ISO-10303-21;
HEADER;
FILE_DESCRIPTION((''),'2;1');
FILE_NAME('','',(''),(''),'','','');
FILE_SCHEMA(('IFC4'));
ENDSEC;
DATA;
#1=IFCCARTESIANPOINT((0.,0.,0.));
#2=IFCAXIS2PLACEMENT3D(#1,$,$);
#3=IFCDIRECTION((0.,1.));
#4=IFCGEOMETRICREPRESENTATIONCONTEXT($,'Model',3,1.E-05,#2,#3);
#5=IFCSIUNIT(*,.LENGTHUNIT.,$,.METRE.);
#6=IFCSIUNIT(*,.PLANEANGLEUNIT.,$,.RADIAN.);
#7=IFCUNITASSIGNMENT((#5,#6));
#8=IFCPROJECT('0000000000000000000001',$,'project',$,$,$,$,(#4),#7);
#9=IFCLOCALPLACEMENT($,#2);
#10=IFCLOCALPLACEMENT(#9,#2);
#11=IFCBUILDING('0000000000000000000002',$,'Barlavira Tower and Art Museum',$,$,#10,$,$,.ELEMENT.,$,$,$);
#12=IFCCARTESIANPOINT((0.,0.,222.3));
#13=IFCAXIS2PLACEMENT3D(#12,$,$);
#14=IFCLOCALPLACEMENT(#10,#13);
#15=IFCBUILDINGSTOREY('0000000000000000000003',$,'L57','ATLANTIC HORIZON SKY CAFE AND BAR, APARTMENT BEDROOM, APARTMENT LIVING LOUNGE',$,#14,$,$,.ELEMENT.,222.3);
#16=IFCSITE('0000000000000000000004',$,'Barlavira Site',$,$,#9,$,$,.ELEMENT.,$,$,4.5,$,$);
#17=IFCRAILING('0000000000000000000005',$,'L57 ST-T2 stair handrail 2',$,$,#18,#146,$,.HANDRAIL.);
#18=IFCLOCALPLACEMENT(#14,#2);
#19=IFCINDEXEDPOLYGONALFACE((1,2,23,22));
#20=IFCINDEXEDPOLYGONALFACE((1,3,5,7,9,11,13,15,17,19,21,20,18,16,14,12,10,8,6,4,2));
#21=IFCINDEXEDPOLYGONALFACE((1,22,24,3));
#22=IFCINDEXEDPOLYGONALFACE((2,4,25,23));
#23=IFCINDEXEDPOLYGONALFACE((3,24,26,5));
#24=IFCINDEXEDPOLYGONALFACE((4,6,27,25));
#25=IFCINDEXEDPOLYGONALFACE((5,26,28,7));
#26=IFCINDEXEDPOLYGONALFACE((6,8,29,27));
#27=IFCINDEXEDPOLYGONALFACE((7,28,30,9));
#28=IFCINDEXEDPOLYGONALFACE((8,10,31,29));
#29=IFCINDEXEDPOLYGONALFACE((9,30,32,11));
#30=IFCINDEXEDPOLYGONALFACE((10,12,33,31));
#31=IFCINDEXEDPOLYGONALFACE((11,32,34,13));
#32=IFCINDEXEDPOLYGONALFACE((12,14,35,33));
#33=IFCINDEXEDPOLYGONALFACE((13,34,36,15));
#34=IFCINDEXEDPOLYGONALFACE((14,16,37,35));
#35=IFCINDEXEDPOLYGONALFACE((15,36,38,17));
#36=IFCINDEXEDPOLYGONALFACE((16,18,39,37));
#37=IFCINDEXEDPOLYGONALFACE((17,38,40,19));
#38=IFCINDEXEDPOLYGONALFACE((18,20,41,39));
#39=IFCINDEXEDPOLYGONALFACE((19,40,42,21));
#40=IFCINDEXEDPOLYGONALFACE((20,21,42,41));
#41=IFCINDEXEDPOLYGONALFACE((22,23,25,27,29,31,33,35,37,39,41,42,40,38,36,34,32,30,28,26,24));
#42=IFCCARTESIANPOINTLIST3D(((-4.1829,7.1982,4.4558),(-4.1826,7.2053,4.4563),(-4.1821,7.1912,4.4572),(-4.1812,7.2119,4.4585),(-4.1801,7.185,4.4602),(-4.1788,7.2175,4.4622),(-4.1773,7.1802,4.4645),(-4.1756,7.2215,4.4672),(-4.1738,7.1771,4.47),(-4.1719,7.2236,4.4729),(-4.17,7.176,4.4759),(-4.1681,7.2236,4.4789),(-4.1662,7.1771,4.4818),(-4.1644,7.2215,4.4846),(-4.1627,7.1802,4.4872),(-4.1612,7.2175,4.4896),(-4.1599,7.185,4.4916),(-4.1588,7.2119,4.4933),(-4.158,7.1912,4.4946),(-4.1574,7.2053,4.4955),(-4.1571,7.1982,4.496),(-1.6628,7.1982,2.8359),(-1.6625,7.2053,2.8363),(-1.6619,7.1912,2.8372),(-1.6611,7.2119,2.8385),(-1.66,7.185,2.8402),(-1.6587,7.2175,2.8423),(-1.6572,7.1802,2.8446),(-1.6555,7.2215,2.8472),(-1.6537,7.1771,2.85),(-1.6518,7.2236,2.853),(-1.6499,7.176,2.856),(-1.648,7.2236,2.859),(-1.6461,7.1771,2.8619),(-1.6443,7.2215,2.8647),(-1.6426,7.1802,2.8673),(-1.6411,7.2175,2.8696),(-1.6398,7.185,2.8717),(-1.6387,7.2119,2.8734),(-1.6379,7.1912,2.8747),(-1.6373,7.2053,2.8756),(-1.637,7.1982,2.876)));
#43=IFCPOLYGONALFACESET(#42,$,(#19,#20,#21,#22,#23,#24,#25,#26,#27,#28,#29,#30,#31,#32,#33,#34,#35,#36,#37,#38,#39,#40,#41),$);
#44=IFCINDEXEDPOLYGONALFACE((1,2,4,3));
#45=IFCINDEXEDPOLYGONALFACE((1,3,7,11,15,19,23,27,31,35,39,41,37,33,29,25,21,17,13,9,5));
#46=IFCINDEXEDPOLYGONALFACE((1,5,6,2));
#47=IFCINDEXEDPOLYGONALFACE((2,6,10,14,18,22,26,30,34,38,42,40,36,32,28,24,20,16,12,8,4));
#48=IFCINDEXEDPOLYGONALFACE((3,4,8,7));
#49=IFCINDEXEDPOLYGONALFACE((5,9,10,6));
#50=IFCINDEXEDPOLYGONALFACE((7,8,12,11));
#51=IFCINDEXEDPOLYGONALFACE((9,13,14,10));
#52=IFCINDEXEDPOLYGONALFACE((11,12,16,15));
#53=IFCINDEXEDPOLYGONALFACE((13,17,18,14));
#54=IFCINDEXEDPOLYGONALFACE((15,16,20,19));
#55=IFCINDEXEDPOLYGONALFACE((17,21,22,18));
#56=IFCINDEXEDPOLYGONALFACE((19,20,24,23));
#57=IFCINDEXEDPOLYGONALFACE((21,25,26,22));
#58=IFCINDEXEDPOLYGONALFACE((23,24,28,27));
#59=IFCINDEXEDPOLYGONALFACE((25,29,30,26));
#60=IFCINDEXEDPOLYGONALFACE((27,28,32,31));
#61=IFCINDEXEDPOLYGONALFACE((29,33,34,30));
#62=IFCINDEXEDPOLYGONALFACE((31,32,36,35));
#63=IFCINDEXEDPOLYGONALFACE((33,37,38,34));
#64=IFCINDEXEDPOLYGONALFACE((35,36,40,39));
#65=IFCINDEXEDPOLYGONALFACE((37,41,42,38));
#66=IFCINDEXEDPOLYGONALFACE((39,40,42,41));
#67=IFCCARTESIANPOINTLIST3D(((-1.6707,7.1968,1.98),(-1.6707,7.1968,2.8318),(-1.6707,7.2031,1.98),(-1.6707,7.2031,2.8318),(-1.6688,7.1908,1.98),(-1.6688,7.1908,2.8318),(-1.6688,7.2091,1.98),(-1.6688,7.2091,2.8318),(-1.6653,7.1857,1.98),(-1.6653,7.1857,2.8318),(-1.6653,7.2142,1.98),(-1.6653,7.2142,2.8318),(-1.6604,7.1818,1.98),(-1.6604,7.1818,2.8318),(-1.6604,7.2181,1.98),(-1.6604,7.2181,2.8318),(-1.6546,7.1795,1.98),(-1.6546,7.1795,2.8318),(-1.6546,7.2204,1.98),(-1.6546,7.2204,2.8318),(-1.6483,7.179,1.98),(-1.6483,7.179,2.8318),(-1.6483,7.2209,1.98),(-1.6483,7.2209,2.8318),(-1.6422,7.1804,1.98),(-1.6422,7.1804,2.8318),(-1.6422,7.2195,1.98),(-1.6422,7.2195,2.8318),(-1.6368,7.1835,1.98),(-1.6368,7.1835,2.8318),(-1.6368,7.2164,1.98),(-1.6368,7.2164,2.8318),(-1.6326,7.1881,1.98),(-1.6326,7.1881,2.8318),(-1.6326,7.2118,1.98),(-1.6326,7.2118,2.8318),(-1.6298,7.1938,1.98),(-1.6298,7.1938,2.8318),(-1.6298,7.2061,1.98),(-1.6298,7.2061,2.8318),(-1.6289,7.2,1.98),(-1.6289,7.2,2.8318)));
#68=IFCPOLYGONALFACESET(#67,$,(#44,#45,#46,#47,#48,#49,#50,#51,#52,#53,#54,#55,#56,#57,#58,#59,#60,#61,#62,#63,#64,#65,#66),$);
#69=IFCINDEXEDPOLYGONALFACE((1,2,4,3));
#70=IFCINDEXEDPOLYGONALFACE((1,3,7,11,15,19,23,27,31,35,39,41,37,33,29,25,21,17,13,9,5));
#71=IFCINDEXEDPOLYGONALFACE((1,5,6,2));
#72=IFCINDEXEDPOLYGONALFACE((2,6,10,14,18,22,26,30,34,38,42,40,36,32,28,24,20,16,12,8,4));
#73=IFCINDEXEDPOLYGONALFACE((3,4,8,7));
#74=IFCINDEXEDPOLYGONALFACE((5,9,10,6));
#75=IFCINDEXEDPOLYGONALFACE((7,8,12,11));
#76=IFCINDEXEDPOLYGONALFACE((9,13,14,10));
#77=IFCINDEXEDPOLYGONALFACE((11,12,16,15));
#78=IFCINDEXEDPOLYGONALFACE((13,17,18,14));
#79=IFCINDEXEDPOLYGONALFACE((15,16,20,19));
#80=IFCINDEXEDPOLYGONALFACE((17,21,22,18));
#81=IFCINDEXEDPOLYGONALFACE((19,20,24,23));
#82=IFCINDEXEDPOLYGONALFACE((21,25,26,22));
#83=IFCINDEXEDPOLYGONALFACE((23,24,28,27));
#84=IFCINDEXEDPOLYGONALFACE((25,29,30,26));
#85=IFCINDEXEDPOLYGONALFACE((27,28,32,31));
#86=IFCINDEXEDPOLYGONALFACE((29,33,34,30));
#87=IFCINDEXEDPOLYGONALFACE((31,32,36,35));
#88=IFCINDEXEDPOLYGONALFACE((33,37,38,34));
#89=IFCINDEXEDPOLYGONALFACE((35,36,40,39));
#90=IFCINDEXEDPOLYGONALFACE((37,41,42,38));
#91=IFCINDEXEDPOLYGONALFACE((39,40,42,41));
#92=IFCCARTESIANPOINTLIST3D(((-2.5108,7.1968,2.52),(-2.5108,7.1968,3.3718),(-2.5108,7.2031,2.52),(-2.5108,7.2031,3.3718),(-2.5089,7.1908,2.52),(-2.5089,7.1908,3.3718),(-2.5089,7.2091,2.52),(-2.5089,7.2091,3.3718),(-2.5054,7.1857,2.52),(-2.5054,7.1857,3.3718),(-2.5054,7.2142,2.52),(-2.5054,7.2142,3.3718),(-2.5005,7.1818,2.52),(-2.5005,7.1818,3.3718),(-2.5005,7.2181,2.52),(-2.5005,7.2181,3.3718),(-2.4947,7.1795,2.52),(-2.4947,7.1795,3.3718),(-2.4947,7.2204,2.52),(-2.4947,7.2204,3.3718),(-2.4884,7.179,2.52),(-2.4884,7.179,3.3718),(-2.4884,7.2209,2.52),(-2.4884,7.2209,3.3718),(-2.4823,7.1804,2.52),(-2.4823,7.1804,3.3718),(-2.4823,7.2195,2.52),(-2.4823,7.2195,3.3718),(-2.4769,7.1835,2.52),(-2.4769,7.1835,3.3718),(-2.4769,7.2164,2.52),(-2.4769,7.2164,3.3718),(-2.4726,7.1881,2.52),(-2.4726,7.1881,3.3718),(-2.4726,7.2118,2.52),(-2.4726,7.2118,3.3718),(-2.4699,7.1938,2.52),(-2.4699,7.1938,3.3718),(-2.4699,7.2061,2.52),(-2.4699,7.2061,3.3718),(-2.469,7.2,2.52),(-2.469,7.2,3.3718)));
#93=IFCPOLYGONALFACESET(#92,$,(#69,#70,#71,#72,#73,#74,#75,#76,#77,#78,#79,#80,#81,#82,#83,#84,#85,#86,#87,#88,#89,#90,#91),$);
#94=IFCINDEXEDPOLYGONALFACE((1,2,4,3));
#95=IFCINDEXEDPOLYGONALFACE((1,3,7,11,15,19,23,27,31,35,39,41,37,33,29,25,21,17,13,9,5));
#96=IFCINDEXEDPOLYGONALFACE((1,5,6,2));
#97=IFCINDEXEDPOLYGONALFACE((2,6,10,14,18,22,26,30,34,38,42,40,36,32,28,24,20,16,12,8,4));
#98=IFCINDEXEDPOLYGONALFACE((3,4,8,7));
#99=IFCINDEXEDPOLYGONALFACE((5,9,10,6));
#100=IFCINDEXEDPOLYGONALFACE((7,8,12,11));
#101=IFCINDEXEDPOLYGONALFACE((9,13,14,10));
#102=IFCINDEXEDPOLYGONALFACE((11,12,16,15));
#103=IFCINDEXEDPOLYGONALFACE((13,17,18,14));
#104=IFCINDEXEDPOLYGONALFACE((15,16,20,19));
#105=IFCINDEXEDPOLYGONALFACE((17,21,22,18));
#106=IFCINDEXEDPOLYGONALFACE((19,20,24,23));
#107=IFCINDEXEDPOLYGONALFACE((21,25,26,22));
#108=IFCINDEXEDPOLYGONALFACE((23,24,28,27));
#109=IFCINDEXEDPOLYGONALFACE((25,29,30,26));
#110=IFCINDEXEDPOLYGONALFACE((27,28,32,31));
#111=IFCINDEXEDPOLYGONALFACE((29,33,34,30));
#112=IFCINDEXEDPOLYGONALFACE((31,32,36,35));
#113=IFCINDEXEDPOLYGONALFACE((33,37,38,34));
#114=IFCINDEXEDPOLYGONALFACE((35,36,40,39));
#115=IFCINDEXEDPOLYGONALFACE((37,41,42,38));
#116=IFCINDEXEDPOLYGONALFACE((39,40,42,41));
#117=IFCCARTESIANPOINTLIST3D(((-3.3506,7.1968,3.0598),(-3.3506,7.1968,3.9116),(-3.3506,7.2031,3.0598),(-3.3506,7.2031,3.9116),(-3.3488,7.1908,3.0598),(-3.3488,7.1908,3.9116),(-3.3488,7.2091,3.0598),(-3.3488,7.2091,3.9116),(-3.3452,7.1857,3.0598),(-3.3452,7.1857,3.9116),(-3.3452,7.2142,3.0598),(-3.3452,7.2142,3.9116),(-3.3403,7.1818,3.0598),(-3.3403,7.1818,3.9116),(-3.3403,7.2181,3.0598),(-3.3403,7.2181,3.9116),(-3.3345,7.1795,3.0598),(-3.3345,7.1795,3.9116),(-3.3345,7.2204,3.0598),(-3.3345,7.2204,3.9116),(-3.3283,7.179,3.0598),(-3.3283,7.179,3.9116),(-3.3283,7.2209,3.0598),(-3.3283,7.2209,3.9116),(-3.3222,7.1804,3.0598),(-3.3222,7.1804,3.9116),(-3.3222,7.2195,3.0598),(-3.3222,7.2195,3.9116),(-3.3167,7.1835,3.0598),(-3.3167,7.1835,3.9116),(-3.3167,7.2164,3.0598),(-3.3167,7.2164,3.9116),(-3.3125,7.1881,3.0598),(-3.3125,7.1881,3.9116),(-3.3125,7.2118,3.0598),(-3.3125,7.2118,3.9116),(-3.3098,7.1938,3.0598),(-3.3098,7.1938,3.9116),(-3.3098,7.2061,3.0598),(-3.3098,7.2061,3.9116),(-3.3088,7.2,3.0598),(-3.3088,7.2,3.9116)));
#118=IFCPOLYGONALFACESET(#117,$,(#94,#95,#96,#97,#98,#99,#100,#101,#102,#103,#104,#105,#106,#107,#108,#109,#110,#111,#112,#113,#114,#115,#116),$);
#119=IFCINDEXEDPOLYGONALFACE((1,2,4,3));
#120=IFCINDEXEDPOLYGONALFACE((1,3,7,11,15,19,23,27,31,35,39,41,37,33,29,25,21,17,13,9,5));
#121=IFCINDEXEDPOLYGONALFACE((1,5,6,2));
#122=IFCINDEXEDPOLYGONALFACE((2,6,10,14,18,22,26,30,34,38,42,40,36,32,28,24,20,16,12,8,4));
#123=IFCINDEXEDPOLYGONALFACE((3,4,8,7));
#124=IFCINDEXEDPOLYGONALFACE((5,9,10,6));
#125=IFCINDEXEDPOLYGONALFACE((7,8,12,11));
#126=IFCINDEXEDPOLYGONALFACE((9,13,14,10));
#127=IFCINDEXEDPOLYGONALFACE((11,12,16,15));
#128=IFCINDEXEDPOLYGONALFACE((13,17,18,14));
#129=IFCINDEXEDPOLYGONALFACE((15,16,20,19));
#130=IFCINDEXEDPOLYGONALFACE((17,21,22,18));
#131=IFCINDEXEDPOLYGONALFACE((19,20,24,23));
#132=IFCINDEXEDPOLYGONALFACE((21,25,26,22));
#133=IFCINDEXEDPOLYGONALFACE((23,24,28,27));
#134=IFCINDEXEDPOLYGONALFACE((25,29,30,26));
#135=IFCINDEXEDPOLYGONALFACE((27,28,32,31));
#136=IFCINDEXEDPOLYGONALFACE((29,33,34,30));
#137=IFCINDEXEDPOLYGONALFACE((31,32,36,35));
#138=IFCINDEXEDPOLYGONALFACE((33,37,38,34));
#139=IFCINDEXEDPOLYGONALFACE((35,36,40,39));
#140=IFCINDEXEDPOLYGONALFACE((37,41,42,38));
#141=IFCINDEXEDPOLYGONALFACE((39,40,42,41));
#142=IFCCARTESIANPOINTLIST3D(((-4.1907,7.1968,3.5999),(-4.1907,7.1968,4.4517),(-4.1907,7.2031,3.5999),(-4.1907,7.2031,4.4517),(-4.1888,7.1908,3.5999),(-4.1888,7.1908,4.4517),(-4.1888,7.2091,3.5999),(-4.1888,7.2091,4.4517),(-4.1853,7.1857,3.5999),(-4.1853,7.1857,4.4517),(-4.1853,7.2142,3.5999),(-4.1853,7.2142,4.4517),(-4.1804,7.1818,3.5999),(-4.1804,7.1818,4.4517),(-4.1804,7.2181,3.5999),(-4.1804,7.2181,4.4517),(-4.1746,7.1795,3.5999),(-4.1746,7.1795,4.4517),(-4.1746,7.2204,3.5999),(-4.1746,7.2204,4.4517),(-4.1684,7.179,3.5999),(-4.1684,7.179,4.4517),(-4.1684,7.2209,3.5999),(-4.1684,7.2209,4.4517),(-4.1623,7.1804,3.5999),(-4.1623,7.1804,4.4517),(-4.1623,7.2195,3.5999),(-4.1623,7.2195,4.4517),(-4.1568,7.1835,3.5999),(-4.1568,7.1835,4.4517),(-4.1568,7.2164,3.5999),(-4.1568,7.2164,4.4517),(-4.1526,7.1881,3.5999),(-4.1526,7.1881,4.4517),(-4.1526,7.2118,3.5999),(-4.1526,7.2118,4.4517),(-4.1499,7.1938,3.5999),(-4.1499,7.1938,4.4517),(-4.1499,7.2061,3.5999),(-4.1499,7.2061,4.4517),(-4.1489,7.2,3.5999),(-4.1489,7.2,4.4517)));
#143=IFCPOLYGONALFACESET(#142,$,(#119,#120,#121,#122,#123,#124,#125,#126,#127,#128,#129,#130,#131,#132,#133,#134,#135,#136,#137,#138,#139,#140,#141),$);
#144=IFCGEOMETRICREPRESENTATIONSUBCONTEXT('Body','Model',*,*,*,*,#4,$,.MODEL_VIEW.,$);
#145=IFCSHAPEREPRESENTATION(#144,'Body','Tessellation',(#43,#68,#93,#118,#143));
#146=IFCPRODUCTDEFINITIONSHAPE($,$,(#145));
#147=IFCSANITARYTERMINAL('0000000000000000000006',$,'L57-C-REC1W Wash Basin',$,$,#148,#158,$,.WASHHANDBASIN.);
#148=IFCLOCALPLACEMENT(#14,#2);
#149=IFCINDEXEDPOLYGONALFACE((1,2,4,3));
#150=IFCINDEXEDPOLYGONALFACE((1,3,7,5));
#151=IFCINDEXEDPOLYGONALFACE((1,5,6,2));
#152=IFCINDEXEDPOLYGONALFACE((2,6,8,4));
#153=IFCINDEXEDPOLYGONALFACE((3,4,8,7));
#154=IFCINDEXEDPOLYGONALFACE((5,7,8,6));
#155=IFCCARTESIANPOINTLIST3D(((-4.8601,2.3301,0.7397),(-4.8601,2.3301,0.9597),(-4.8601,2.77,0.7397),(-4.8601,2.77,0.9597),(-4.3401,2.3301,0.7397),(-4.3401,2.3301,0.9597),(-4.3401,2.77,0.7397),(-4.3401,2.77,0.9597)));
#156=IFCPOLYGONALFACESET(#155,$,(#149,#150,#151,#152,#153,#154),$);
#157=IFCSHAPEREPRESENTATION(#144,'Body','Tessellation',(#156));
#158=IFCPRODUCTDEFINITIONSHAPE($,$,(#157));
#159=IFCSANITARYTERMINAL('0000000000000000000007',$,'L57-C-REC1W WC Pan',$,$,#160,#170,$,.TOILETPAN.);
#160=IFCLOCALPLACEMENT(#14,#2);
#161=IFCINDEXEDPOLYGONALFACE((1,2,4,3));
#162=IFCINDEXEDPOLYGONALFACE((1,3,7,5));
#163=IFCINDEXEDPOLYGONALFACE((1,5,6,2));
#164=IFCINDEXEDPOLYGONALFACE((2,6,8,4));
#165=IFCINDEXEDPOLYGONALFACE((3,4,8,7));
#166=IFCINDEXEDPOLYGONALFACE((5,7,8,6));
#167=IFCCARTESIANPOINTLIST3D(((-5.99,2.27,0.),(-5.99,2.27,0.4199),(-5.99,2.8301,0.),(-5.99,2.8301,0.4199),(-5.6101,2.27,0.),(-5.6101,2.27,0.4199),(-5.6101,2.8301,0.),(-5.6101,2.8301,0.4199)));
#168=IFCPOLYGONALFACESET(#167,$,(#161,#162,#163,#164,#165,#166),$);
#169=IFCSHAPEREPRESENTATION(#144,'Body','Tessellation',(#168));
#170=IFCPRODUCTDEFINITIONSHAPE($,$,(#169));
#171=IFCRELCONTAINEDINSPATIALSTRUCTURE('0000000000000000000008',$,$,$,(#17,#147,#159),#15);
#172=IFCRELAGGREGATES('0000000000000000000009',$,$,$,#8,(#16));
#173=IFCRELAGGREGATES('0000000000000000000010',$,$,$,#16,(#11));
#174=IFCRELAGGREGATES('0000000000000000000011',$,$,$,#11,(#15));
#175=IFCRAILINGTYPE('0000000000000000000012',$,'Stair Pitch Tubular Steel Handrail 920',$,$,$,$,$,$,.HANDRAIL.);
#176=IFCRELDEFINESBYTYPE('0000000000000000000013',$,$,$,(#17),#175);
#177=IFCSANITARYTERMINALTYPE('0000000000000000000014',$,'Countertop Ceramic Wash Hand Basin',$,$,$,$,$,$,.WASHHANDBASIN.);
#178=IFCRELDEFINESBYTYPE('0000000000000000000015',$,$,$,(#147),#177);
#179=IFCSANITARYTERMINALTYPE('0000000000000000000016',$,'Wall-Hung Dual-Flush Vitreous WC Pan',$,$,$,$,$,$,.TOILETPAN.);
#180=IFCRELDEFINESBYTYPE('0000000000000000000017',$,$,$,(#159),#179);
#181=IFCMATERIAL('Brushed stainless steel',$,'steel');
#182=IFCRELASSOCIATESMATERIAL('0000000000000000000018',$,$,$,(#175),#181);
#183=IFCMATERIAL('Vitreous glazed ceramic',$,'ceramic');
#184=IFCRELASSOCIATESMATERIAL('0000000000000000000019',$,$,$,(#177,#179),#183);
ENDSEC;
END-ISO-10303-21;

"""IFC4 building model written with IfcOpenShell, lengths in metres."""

from ifc_helpers import new_model, si_unit, direction, frame, origin, origin_2d, place, context, subcontext, project, spatial, rectangle, circle, extrude, material, type_object, element, save


model = new_model("IFC4")

# Units and contexts
model_context = context("Model", 3, precision=1e-05, world=origin(), true_north=direction((0.0, 1.0)))
body_context = subcontext(model_context, "Body", "Model", "MODEL_VIEW")
ifc_project = project(units=[si_unit("LENGTHUNIT", "METRE"), si_unit("PLANEANGLEUNIT", "RADIAN")], contexts=[model_context])

# Site, building, storey
site_placement = place(None, origin())
site = spatial("IfcSite", under=ifc_project, at=site_placement, Name="Barlavira Site", CompositionType="ELEMENT", RefElevation=4.5)
building_placement = place(site_placement, origin())
building = spatial("IfcBuilding", under=site, at=building_placement, Name="Barlavira Tower and Art Museum", CompositionType="ELEMENT")
storey_placement = place(building_placement, frame((0.0, 0.0, 222.3)))
storey = spatial("IfcBuildingStorey", under=building, at=storey_placement, Name="L57", Description="ATLANTIC HORIZON SKY CAFE AND BAR, APARTMENT BEDROOM, APARTMENT LIVING LOUNGE", CompositionType="ELEMENT", Elevation=222.3)

# Shared definitions
ifc_material_1 = material(Name="Brushed stainless steel", Category="steel")

# Railing
railing_type_1 = type_object("IfcRailingType", Name="Stair Pitch Tubular Steel Handrail 920", PredefinedType="HANDRAIL", material=ifc_material_1)
railing_1_placement = place(storey_placement, frame((-1.6499, 7.2, 1.98)))
element("IfcRailing", 1, at=railing_1_placement, inside=storey, type_object=railing_type_1, Name="L57 ST-T2 stair handrail 2", PredefinedType="HANDRAIL", context=body_context, shape_type="SweptSolid", body=[
    extrude(circle(Radius=0.0239, at=origin_2d()), frame((0.0, 0.0, 0.876), z_axis=(-0.8412, 0.0, 0.540725), x_axis=(0.0, -1.0, 0.0)), (0.0, 0.0, 1.0), 2.9958),
    extrude(circle(Radius=0.021, at=origin_2d()), origin(), (0.0, 0.0, 1.0), 0.8518),
    extrude(circle(Radius=0.021, at=origin_2d()), frame((-0.8401, 0.0, 0.54)), (0.0, 0.0, 1.0), 0.8518),
    extrude(circle(Radius=0.021, at=origin_2d()), frame((-1.6799, 0.0, 1.0798)), (0.0, 0.0, 1.0), 0.8518),
    extrude(circle(Radius=0.021, at=origin_2d()), frame((-2.52, 0.0, 1.6199)), (0.0, 0.0, 1.0), 0.8518),
])

# Sanitary terminals
ifc_material_2 = material(Name="Vitreous glazed ceramic", Category="ceramic")
sanitary_terminal_type_1 = type_object("IfcSanitaryTerminalType", Name="Countertop Ceramic Wash Hand Basin", PredefinedType="WASHHANDBASIN", material=ifc_material_2)
sanitary_terminal_1_placement = place(storey_placement, frame((-4.6001, 2.55, 0.7397), z_axis=(0.0, 0.0, 1.0), x_axis=(1.0, 0.0, 0.0)))
element("IfcSanitaryTerminal", 2, at=sanitary_terminal_1_placement, inside=storey, type_object=sanitary_terminal_type_1, Name="L57-C-REC1W Wash Basin", PredefinedType="WASHHANDBASIN", context=body_context, shape_type="SweptSolid", body=[
    extrude(rectangle(XDim=0.52, YDim=0.4399, at=origin_2d()), origin(), (0.0, 0.0, 1.0), 0.22),
])
sanitary_terminal_type_2 = type_object("IfcSanitaryTerminalType", Name="Wall-Hung Dual-Flush Vitreous WC Pan", PredefinedType="TOILETPAN", material=ifc_material_2)
sanitary_terminal_2_placement = place(storey_placement, frame((-5.8, 2.55, 0.0), z_axis=(0.0, 0.0, 1.0), x_axis=(1.0, 0.0, 0.0)))
element("IfcSanitaryTerminal", 3, at=sanitary_terminal_2_placement, inside=storey, type_object=sanitary_terminal_type_2, Name="L57-C-REC1W WC Pan", PredefinedType="TOILETPAN", context=body_context, shape_type="SweptSolid", body=[
    extrude(rectangle(XDim=0.3799, YDim=0.5601, at=origin_2d()), origin(), (0.0, 0.0, 1.0), 0.4199),
])

save(model, "model.ifc")
